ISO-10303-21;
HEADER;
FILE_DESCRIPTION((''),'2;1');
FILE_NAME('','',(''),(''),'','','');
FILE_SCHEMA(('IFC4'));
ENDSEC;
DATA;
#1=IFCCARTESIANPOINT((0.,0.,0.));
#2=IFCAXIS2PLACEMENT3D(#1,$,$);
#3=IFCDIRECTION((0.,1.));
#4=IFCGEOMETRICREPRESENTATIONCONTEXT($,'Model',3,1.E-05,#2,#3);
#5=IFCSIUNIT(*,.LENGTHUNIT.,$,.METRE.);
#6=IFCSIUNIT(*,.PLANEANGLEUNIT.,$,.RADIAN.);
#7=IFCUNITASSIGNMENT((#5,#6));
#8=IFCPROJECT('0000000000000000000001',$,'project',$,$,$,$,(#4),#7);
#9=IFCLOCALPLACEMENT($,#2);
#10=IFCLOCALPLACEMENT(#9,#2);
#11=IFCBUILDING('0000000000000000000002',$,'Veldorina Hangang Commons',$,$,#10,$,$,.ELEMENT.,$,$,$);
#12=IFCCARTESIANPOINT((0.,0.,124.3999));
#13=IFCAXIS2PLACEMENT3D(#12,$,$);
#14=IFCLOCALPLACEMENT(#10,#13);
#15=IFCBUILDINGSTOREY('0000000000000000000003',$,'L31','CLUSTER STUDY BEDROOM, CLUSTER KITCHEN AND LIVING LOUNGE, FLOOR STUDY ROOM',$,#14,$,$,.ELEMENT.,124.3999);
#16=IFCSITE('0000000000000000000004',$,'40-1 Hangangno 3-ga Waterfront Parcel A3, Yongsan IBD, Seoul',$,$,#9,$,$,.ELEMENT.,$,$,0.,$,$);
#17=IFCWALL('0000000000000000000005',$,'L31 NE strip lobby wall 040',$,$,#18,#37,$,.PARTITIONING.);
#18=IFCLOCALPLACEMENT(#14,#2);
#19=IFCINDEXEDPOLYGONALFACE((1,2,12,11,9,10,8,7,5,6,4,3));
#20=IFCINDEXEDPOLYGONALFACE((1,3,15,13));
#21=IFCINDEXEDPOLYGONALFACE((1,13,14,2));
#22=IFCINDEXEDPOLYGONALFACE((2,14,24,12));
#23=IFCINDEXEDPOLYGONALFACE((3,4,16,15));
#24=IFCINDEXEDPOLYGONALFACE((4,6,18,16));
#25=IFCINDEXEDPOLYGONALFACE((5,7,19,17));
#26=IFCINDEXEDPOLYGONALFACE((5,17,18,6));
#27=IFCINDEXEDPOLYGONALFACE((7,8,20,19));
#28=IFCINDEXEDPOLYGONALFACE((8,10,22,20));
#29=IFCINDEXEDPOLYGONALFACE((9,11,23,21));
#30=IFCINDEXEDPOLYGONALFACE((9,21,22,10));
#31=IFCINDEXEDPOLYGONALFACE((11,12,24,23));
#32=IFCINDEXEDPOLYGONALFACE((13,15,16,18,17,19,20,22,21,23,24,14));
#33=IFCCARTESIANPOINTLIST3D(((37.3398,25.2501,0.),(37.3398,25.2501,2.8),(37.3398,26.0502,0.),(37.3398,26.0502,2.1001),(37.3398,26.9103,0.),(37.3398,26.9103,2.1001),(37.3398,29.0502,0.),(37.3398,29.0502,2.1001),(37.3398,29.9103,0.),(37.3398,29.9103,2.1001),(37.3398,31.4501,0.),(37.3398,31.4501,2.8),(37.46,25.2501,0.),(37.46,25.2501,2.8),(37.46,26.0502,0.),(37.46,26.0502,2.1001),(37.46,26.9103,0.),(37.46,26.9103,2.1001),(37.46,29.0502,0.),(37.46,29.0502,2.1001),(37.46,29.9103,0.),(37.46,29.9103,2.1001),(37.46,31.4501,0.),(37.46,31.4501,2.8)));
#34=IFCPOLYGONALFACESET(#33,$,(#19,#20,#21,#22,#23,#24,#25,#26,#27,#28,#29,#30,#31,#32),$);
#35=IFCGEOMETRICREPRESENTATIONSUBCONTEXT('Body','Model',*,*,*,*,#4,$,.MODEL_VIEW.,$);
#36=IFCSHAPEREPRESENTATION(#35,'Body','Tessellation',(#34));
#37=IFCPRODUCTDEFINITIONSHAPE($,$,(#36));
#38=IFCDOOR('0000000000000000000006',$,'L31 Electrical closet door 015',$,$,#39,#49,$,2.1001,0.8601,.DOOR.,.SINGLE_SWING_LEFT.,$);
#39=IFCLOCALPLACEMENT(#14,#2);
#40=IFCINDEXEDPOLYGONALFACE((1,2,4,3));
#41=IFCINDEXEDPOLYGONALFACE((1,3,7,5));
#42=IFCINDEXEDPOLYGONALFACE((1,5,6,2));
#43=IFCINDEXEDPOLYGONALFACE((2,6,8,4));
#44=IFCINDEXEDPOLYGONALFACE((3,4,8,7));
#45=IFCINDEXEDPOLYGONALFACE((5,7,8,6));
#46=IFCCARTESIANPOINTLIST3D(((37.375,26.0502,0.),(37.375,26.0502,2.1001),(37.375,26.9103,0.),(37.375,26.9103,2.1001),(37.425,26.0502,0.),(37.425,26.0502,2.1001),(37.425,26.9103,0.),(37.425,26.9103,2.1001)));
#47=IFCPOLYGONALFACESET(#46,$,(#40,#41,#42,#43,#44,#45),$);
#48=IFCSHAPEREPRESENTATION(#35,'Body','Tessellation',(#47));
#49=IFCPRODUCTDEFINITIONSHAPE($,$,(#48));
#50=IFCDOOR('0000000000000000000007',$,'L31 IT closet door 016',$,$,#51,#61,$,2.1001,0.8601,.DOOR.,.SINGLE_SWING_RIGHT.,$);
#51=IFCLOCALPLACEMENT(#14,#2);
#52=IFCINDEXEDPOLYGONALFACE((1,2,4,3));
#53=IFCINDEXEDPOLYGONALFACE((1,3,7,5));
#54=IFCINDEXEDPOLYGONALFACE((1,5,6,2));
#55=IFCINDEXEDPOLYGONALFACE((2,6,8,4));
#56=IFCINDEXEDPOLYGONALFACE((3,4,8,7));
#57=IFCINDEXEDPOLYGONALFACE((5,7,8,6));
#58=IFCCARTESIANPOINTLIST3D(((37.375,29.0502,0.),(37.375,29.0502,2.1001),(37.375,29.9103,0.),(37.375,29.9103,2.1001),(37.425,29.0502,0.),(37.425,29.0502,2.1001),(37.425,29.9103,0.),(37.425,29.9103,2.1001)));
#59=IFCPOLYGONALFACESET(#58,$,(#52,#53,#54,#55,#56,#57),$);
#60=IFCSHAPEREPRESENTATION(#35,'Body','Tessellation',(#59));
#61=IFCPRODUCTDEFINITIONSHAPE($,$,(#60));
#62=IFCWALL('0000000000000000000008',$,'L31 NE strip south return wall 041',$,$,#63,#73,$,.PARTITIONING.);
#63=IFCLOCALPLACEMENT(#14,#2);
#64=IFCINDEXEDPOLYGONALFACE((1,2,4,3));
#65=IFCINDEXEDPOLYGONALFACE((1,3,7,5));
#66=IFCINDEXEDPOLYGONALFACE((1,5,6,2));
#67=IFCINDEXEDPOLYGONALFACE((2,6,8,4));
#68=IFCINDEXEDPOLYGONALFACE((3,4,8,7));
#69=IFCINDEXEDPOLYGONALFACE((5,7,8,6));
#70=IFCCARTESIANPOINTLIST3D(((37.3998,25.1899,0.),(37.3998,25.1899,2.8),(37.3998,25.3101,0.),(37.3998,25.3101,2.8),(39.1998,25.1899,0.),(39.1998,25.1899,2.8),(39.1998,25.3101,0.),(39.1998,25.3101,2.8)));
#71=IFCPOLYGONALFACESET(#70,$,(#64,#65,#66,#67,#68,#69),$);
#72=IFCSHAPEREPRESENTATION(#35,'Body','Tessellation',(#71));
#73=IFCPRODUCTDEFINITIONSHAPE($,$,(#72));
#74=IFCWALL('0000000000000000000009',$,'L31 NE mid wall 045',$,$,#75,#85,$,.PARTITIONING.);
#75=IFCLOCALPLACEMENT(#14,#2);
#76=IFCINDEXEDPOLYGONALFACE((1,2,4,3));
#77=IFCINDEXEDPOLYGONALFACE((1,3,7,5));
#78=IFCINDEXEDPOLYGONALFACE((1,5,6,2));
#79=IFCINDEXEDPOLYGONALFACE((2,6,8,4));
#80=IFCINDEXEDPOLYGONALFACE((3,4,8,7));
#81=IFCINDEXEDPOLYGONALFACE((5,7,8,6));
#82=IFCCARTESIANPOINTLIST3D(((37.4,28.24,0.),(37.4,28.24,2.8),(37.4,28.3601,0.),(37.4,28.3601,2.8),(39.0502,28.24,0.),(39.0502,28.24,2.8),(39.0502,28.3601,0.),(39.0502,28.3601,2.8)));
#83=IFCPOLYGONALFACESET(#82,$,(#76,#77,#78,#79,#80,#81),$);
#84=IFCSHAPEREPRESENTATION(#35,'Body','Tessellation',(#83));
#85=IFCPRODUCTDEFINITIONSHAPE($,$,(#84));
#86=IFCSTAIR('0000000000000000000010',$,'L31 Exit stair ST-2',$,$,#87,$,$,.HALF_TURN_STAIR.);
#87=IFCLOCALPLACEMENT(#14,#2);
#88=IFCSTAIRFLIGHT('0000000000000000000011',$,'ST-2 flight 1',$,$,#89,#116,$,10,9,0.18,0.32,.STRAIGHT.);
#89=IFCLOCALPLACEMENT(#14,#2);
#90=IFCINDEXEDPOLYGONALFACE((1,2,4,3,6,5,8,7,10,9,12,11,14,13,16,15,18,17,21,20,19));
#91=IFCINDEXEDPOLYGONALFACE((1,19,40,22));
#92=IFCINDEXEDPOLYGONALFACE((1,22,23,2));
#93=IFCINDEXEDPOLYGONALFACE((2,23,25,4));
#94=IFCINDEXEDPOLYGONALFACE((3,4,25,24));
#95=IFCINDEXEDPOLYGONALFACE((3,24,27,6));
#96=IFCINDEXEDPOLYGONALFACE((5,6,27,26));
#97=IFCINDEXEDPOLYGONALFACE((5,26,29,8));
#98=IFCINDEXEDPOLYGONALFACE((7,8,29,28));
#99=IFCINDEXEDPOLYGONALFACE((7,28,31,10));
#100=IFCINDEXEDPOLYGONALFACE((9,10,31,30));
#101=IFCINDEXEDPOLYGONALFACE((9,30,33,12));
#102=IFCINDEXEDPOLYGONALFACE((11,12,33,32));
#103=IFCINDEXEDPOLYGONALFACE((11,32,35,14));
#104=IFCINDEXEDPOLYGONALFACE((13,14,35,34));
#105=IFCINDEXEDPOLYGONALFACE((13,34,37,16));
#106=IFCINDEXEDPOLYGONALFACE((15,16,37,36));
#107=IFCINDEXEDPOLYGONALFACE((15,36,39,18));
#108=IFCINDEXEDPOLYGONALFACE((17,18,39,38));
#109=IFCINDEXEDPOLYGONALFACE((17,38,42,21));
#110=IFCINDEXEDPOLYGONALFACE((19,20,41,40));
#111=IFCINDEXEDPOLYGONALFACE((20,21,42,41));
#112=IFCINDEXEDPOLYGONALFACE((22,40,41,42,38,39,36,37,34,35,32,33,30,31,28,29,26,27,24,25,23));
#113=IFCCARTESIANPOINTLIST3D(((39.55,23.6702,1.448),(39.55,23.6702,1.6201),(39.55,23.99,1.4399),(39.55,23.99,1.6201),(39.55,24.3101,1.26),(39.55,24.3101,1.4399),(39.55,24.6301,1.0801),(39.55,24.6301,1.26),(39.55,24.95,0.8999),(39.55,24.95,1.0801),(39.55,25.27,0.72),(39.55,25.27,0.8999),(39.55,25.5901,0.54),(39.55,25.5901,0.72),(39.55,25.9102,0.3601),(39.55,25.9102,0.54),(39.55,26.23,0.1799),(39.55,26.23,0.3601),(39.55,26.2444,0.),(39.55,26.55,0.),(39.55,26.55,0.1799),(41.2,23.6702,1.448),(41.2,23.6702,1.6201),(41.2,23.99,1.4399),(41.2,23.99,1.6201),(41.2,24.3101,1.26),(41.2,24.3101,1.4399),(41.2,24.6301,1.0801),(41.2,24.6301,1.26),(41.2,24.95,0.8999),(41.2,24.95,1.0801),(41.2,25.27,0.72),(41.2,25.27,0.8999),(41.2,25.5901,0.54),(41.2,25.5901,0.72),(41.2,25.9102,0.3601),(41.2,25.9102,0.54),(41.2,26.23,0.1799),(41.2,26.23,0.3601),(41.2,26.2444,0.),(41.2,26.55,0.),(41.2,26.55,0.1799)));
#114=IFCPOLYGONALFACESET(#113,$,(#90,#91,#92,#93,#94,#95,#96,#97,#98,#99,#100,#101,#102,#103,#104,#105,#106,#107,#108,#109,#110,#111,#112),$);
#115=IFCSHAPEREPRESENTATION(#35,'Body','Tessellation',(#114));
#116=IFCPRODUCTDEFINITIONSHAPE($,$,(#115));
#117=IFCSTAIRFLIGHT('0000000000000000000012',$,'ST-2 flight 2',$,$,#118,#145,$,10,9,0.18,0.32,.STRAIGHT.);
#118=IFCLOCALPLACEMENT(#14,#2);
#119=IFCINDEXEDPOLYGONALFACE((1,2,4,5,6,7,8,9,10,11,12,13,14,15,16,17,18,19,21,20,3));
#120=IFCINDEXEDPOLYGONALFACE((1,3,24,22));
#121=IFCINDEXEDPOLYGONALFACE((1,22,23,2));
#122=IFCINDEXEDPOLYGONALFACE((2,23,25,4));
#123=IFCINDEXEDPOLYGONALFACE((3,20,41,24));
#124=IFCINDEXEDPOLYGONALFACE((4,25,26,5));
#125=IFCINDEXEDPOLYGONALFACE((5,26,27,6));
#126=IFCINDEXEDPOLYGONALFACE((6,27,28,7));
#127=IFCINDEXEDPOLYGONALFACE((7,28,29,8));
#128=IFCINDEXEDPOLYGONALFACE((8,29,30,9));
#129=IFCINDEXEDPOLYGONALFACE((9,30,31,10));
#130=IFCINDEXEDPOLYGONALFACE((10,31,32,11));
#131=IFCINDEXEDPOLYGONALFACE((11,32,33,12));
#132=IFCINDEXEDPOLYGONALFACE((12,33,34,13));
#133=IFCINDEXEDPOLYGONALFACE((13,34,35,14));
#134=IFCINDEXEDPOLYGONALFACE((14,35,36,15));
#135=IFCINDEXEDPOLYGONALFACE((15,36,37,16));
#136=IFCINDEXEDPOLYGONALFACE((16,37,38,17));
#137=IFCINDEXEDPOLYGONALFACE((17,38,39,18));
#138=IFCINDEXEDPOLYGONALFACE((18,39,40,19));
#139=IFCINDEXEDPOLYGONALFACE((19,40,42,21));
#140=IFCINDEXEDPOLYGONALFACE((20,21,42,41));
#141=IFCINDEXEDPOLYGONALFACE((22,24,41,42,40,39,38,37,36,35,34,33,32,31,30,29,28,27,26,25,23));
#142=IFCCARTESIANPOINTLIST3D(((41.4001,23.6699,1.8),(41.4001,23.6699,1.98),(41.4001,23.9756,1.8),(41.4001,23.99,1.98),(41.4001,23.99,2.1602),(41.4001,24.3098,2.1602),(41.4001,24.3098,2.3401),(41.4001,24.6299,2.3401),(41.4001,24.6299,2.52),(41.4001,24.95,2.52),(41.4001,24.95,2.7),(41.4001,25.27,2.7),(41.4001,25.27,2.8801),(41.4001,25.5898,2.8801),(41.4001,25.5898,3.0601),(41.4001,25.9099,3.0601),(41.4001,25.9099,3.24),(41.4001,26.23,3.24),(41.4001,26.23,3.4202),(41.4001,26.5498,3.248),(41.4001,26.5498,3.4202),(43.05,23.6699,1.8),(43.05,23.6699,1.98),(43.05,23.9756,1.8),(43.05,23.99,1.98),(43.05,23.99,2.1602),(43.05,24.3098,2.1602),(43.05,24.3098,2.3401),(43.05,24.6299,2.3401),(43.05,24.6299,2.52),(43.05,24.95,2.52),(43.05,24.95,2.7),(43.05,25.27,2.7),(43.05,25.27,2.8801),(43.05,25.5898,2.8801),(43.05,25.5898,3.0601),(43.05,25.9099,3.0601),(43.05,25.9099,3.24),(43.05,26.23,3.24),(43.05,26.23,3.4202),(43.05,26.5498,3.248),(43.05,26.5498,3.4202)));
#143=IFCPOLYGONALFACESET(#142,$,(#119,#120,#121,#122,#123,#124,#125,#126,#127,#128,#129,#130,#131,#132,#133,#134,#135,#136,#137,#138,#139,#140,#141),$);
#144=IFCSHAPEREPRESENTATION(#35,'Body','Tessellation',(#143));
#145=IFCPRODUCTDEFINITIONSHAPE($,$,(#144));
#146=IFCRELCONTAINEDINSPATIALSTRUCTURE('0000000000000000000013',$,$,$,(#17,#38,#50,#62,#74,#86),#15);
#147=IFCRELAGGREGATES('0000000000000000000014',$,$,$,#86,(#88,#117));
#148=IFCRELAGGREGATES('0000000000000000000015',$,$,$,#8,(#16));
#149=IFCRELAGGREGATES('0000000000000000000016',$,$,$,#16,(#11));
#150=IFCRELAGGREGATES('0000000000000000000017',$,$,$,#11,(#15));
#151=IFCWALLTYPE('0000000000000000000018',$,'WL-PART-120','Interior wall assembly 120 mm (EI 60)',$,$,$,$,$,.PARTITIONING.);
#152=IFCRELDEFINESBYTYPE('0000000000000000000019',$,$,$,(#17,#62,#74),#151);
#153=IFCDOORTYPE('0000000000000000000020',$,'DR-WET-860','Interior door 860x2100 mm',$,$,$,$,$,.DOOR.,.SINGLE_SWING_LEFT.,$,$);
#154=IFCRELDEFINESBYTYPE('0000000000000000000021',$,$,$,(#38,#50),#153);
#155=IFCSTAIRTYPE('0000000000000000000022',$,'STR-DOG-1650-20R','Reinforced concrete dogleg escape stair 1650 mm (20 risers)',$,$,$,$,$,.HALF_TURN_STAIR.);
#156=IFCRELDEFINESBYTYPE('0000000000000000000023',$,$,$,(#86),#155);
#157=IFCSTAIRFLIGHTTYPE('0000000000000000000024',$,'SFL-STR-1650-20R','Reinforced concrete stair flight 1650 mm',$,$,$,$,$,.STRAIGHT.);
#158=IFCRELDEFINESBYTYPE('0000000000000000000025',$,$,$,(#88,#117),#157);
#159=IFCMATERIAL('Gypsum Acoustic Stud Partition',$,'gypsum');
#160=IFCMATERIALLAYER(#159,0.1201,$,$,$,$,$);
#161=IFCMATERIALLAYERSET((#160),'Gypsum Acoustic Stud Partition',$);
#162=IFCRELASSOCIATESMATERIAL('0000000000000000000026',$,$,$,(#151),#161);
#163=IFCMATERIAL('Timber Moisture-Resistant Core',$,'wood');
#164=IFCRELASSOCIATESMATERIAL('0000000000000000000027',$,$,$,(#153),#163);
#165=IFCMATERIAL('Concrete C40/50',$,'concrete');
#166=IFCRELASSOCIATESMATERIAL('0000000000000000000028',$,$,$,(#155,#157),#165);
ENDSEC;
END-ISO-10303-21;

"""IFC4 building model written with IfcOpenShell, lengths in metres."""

from ifc_helpers import new_model, si_unit, direction, frame, frame_2d, origin, place, context, subcontext, project, spatial, polyline, rectangle, outline, extrude, material, layer, layer_set, type_object, element, fill, aggregate, save


model = new_model("IFC4")

# Units and contexts
model_context = context("Model", 3, precision=1e-05, world=origin(), true_north=direction((0.0, 1.0)))
body_context = subcontext(model_context, "Body", "Model", "MODEL_VIEW")
ifc_project = project(units=[si_unit("LENGTHUNIT", "METRE"), si_unit("PLANEANGLEUNIT", "RADIAN")], contexts=[model_context])

# Site, building, storey
site_placement = place(None, origin())
site = spatial("IfcSite", under=ifc_project, at=site_placement, Name="40-1 Hangangno 3-ga Waterfront Parcel A3, Yongsan IBD, Seoul", CompositionType="ELEMENT", RefElevation=0.0)
building_placement = place(site_placement, origin())
building = spatial("IfcBuilding", under=site, at=building_placement, Name="Veldorina Hangang Commons", CompositionType="ELEMENT")
storey_placement = place(building_placement, frame((0.0, 0.0, 124.3999)))
storey = spatial("IfcBuildingStorey", under=building, at=storey_placement, Name="L31", Description="CLUSTER STUDY BEDROOM, CLUSTER KITCHEN AND LIVING LOUNGE, FLOOR STUDY ROOM", CompositionType="ELEMENT", Elevation=124.3999)

# Shared definitions
ifc_material_1 = material(Name="Gypsum Acoustic Stud Partition", Category="gypsum")
ifc_layer_1 = layer(ifc_material_1, 0.1201)
ifc_layer_set_1 = layer_set([ifc_layer_1], Name="Gypsum Acoustic Stud Partition")
wall_type_1 = type_object("IfcWallType", Name="WL-PART-120", Description="Interior wall assembly 120 mm (EI 60)", PredefinedType="PARTITIONING", material=ifc_layer_set_1)

# Wall, openings, doors
wall_1_placement = place(storey_placement, frame((37.3999, 25.25, 0.0), z_axis=(0.0, 0.0, 1.0), x_axis=(0.0, 1.0, 0.0)))
wall_1 = element("IfcWall", 1, at=wall_1_placement, inside=storey, type_object=wall_type_1, Name="L31 NE strip lobby wall 040", PredefinedType="PARTITIONING", context=body_context, shape_type="SweptSolid", body=[
    extrude(rectangle(XDim=6.2, YDim=0.1201, at=frame_2d((3.1001, 0.0))), origin(), (0.0, 0.0, 1.0), 2.8),
])
opening_1_placement = place(wall_1_placement, frame((0.8, 0.0, 0.0)))
opening_1 = element("IfcOpeningElement", 2, at=opening_1_placement, cuts=wall_1, PredefinedType="OPENING", context=body_context, shape_type="SweptSolid", body=[
    extrude(rectangle(XDim=0.8601, YDim=2.1001, at=frame_2d((0.4302, 1.05))), frame((0.0, 0.0701, 0.0), z_axis=(0.0, -1.0, 0.0), x_axis=(1.0, 0.0, 0.0)), (0.0, 0.0, 1.0), 0.1401),
])
opening_2_placement = place(wall_1_placement, frame((3.8, 0.0, 0.0)))
opening_2 = element("IfcOpeningElement", 3, at=opening_2_placement, cuts=wall_1, PredefinedType="OPENING", context=body_context, shape_type="SweptSolid", body=[
    extrude(rectangle(XDim=0.8601, YDim=2.1001, at=frame_2d((0.4302, 1.05))), frame((0.0, 0.0701, 0.0), z_axis=(0.0, -1.0, 0.0), x_axis=(1.0, 0.0, 0.0)), (0.0, 0.0, 1.0), 0.1401),
])
ifc_material_2 = material(Name="Timber Moisture-Resistant Core", Category="wood")
door_type_1 = type_object("IfcDoorType", Name="DR-WET-860", Description="Interior door 860x2100 mm", OperationType="SINGLE_SWING_LEFT", PredefinedType="DOOR", material=ifc_material_2)
door_1_placement = place(opening_1_placement, origin())
door_1 = element("IfcDoor", 4, at=door_1_placement, inside=storey, type_object=door_type_1, Name="L31 Electrical closet door 015", OperationType="SINGLE_SWING_LEFT", OverallHeight=2.1001, OverallWidth=0.8601, PredefinedType="DOOR", context=body_context, shape_type="SweptSolid", body=[
    extrude(rectangle(XDim=0.8601, YDim=2.1001, at=frame_2d((0.4302, 1.05))), frame((0.0, 0.0249, 0.0), z_axis=(0.0, -1.0, 0.0), x_axis=(1.0, 0.0, 0.0)), (0.0, 0.0, 1.0), 0.05),
])
fill(opening_1, door_1)
door_2_placement = place(opening_2_placement, origin())
door_2 = element("IfcDoor", 5, at=door_2_placement, inside=storey, type_object=door_type_1, Name="L31 IT closet door 016", OperationType="SINGLE_SWING_RIGHT", OverallHeight=2.1001, OverallWidth=0.8601, PredefinedType="DOOR", context=body_context, shape_type="SweptSolid", body=[
    extrude(rectangle(XDim=0.8601, YDim=2.1001, at=frame_2d((0.4302, 1.05))), frame((0.0, 0.0249, 0.0), z_axis=(0.0, -1.0, 0.0), x_axis=(1.0, 0.0, 0.0)), (0.0, 0.0, 1.0), 0.05),
])
fill(opening_2, door_2)

# Walls
wall_2_placement = place(storey_placement, frame((37.3999, 25.25, 0.0), z_axis=(0.0, 0.0, 1.0), x_axis=(1.0, 0.0, 0.0)))
element("IfcWall", 6, at=wall_2_placement, inside=storey, type_object=wall_type_1, Name="L31 NE strip south return wall 041", PredefinedType="PARTITIONING", context=body_context, shape_type="SweptSolid", body=[
    extrude(rectangle(XDim=1.8, YDim=0.1201, at=frame_2d((0.8999, 0.0))), origin(), (0.0, 0.0, 1.0), 2.8),
])
wall_3_placement = place(storey_placement, frame((37.3999, 28.3, 0.0), z_axis=(0.0, 0.0, 1.0), x_axis=(1.0, 0.0, 0.0)))
element("IfcWall", 7, at=wall_3_placement, inside=storey, type_object=wall_type_1, Name="L31 NE mid wall 045", PredefinedType="PARTITIONING", context=body_context, shape_type="SweptSolid", body=[
    extrude(rectangle(XDim=1.6501, YDim=0.1201, at=frame_2d((0.8252, 0.0))), origin(), (0.0, 0.0, 1.0), 2.8),
])

# Stair, stair flights
ifc_material_3 = material(Name="Concrete C40/50", Category="concrete")
stair_type = type_object("IfcStairType", Name="STR-DOG-1650-20R", Description="Reinforced concrete dogleg escape stair 1650 mm (20 risers)", PredefinedType="HALF_TURN_STAIR", material=ifc_material_3)
stair_placement = place(storey_placement, origin())
stair = element("IfcStair", 8, at=stair_placement, inside=storey, type_object=stair_type, Name="L31 Exit stair ST-2", PredefinedType="HALF_TURN_STAIR")
stair_flight_type = type_object("IfcStairFlightType", Name="SFL-STR-1650-20R", Description="Reinforced concrete stair flight 1650 mm", PredefinedType="STRAIGHT", material=ifc_material_3)
stair_flight_1_placement = place(storey_placement, frame((40.375, 26.55, 0.0), z_axis=(0.0, 0.0, 1.0), x_axis=(0.0, -1.0, 0.0)))
stair_flight_1 = element("IfcStairFlight", 9, at=stair_flight_1_placement, type_object=stair_flight_type, Name="ST-2 flight 1", NumberOfRisers=10, NumberOfTreads=9, PredefinedType="STRAIGHT", RiserHeight=0.18, TreadLength=0.32, context=body_context, shape_type="SweptSolid", body=[
    extrude(outline(polyline([(0.0, 0.0), (0.0, 0.1799), (0.3201, 0.1799), (0.3201, 0.3601), (0.6399, 0.3601), (0.6399, 0.54), (0.96, 0.54), (0.96, 0.72), (1.28, 0.72), (1.28, 0.8999), (1.6001, 0.8999), (1.6001, 1.0801), (1.9199, 1.0801), (1.9199, 1.26), (2.24, 1.26), (2.24, 1.4399), (2.5601, 1.4399), (2.5601, 1.6201), (2.8799, 1.6201), (2.8799, 1.8), (2.8799, 1.448), (0.3057, 0.0), (0.0, 0.0)])), frame((0.0, 0.825, 0.0), z_axis=(0.0, -1.0, 0.0), x_axis=(1.0, 0.0, 0.0)), (0.0, 0.0, 1.0), 1.6499),
])
stair_flight_2_placement = place(storey_placement, frame((42.2251, 23.6699, 1.8), z_axis=(0.0, 0.0, 1.0), x_axis=(0.0, 1.0, 0.0)))
stair_flight_2 = element("IfcStairFlight", 10, at=stair_flight_2_placement, type_object=stair_flight_type, Name="ST-2 flight 2", NumberOfRisers=10, NumberOfTreads=9, PredefinedType="STRAIGHT", RiserHeight=0.18, TreadLength=0.32, context=body_context, shape_type="SweptSolid", body=[
    extrude(outline(polyline([(0.0, 0.0), (0.0, 0.1799), (0.3201, 0.1799), (0.3201, 0.3601), (0.6399, 0.3601), (0.6399, 0.54), (0.96, 0.54), (0.96, 0.72), (1.28, 0.72), (1.28, 0.8999), (1.6001, 0.8999), (1.6001, 1.0801), (1.9199, 1.0801), (1.9199, 1.26), (2.24, 1.26), (2.24, 1.4399), (2.5601, 1.4399), (2.5601, 1.6201), (2.8799, 1.6201), (2.8799, 1.8), (2.8799, 1.448), (0.3057, 0.0), (0.0, 0.0)])), frame((0.0, 0.825, 0.0), z_axis=(0.0, -1.0, 0.0), x_axis=(1.0, 0.0, 0.0)), (0.0, 0.0, 1.0), 1.6499),
])
aggregate(stair, [stair_flight_1, stair_flight_2])

save(model, "model.ifc")
